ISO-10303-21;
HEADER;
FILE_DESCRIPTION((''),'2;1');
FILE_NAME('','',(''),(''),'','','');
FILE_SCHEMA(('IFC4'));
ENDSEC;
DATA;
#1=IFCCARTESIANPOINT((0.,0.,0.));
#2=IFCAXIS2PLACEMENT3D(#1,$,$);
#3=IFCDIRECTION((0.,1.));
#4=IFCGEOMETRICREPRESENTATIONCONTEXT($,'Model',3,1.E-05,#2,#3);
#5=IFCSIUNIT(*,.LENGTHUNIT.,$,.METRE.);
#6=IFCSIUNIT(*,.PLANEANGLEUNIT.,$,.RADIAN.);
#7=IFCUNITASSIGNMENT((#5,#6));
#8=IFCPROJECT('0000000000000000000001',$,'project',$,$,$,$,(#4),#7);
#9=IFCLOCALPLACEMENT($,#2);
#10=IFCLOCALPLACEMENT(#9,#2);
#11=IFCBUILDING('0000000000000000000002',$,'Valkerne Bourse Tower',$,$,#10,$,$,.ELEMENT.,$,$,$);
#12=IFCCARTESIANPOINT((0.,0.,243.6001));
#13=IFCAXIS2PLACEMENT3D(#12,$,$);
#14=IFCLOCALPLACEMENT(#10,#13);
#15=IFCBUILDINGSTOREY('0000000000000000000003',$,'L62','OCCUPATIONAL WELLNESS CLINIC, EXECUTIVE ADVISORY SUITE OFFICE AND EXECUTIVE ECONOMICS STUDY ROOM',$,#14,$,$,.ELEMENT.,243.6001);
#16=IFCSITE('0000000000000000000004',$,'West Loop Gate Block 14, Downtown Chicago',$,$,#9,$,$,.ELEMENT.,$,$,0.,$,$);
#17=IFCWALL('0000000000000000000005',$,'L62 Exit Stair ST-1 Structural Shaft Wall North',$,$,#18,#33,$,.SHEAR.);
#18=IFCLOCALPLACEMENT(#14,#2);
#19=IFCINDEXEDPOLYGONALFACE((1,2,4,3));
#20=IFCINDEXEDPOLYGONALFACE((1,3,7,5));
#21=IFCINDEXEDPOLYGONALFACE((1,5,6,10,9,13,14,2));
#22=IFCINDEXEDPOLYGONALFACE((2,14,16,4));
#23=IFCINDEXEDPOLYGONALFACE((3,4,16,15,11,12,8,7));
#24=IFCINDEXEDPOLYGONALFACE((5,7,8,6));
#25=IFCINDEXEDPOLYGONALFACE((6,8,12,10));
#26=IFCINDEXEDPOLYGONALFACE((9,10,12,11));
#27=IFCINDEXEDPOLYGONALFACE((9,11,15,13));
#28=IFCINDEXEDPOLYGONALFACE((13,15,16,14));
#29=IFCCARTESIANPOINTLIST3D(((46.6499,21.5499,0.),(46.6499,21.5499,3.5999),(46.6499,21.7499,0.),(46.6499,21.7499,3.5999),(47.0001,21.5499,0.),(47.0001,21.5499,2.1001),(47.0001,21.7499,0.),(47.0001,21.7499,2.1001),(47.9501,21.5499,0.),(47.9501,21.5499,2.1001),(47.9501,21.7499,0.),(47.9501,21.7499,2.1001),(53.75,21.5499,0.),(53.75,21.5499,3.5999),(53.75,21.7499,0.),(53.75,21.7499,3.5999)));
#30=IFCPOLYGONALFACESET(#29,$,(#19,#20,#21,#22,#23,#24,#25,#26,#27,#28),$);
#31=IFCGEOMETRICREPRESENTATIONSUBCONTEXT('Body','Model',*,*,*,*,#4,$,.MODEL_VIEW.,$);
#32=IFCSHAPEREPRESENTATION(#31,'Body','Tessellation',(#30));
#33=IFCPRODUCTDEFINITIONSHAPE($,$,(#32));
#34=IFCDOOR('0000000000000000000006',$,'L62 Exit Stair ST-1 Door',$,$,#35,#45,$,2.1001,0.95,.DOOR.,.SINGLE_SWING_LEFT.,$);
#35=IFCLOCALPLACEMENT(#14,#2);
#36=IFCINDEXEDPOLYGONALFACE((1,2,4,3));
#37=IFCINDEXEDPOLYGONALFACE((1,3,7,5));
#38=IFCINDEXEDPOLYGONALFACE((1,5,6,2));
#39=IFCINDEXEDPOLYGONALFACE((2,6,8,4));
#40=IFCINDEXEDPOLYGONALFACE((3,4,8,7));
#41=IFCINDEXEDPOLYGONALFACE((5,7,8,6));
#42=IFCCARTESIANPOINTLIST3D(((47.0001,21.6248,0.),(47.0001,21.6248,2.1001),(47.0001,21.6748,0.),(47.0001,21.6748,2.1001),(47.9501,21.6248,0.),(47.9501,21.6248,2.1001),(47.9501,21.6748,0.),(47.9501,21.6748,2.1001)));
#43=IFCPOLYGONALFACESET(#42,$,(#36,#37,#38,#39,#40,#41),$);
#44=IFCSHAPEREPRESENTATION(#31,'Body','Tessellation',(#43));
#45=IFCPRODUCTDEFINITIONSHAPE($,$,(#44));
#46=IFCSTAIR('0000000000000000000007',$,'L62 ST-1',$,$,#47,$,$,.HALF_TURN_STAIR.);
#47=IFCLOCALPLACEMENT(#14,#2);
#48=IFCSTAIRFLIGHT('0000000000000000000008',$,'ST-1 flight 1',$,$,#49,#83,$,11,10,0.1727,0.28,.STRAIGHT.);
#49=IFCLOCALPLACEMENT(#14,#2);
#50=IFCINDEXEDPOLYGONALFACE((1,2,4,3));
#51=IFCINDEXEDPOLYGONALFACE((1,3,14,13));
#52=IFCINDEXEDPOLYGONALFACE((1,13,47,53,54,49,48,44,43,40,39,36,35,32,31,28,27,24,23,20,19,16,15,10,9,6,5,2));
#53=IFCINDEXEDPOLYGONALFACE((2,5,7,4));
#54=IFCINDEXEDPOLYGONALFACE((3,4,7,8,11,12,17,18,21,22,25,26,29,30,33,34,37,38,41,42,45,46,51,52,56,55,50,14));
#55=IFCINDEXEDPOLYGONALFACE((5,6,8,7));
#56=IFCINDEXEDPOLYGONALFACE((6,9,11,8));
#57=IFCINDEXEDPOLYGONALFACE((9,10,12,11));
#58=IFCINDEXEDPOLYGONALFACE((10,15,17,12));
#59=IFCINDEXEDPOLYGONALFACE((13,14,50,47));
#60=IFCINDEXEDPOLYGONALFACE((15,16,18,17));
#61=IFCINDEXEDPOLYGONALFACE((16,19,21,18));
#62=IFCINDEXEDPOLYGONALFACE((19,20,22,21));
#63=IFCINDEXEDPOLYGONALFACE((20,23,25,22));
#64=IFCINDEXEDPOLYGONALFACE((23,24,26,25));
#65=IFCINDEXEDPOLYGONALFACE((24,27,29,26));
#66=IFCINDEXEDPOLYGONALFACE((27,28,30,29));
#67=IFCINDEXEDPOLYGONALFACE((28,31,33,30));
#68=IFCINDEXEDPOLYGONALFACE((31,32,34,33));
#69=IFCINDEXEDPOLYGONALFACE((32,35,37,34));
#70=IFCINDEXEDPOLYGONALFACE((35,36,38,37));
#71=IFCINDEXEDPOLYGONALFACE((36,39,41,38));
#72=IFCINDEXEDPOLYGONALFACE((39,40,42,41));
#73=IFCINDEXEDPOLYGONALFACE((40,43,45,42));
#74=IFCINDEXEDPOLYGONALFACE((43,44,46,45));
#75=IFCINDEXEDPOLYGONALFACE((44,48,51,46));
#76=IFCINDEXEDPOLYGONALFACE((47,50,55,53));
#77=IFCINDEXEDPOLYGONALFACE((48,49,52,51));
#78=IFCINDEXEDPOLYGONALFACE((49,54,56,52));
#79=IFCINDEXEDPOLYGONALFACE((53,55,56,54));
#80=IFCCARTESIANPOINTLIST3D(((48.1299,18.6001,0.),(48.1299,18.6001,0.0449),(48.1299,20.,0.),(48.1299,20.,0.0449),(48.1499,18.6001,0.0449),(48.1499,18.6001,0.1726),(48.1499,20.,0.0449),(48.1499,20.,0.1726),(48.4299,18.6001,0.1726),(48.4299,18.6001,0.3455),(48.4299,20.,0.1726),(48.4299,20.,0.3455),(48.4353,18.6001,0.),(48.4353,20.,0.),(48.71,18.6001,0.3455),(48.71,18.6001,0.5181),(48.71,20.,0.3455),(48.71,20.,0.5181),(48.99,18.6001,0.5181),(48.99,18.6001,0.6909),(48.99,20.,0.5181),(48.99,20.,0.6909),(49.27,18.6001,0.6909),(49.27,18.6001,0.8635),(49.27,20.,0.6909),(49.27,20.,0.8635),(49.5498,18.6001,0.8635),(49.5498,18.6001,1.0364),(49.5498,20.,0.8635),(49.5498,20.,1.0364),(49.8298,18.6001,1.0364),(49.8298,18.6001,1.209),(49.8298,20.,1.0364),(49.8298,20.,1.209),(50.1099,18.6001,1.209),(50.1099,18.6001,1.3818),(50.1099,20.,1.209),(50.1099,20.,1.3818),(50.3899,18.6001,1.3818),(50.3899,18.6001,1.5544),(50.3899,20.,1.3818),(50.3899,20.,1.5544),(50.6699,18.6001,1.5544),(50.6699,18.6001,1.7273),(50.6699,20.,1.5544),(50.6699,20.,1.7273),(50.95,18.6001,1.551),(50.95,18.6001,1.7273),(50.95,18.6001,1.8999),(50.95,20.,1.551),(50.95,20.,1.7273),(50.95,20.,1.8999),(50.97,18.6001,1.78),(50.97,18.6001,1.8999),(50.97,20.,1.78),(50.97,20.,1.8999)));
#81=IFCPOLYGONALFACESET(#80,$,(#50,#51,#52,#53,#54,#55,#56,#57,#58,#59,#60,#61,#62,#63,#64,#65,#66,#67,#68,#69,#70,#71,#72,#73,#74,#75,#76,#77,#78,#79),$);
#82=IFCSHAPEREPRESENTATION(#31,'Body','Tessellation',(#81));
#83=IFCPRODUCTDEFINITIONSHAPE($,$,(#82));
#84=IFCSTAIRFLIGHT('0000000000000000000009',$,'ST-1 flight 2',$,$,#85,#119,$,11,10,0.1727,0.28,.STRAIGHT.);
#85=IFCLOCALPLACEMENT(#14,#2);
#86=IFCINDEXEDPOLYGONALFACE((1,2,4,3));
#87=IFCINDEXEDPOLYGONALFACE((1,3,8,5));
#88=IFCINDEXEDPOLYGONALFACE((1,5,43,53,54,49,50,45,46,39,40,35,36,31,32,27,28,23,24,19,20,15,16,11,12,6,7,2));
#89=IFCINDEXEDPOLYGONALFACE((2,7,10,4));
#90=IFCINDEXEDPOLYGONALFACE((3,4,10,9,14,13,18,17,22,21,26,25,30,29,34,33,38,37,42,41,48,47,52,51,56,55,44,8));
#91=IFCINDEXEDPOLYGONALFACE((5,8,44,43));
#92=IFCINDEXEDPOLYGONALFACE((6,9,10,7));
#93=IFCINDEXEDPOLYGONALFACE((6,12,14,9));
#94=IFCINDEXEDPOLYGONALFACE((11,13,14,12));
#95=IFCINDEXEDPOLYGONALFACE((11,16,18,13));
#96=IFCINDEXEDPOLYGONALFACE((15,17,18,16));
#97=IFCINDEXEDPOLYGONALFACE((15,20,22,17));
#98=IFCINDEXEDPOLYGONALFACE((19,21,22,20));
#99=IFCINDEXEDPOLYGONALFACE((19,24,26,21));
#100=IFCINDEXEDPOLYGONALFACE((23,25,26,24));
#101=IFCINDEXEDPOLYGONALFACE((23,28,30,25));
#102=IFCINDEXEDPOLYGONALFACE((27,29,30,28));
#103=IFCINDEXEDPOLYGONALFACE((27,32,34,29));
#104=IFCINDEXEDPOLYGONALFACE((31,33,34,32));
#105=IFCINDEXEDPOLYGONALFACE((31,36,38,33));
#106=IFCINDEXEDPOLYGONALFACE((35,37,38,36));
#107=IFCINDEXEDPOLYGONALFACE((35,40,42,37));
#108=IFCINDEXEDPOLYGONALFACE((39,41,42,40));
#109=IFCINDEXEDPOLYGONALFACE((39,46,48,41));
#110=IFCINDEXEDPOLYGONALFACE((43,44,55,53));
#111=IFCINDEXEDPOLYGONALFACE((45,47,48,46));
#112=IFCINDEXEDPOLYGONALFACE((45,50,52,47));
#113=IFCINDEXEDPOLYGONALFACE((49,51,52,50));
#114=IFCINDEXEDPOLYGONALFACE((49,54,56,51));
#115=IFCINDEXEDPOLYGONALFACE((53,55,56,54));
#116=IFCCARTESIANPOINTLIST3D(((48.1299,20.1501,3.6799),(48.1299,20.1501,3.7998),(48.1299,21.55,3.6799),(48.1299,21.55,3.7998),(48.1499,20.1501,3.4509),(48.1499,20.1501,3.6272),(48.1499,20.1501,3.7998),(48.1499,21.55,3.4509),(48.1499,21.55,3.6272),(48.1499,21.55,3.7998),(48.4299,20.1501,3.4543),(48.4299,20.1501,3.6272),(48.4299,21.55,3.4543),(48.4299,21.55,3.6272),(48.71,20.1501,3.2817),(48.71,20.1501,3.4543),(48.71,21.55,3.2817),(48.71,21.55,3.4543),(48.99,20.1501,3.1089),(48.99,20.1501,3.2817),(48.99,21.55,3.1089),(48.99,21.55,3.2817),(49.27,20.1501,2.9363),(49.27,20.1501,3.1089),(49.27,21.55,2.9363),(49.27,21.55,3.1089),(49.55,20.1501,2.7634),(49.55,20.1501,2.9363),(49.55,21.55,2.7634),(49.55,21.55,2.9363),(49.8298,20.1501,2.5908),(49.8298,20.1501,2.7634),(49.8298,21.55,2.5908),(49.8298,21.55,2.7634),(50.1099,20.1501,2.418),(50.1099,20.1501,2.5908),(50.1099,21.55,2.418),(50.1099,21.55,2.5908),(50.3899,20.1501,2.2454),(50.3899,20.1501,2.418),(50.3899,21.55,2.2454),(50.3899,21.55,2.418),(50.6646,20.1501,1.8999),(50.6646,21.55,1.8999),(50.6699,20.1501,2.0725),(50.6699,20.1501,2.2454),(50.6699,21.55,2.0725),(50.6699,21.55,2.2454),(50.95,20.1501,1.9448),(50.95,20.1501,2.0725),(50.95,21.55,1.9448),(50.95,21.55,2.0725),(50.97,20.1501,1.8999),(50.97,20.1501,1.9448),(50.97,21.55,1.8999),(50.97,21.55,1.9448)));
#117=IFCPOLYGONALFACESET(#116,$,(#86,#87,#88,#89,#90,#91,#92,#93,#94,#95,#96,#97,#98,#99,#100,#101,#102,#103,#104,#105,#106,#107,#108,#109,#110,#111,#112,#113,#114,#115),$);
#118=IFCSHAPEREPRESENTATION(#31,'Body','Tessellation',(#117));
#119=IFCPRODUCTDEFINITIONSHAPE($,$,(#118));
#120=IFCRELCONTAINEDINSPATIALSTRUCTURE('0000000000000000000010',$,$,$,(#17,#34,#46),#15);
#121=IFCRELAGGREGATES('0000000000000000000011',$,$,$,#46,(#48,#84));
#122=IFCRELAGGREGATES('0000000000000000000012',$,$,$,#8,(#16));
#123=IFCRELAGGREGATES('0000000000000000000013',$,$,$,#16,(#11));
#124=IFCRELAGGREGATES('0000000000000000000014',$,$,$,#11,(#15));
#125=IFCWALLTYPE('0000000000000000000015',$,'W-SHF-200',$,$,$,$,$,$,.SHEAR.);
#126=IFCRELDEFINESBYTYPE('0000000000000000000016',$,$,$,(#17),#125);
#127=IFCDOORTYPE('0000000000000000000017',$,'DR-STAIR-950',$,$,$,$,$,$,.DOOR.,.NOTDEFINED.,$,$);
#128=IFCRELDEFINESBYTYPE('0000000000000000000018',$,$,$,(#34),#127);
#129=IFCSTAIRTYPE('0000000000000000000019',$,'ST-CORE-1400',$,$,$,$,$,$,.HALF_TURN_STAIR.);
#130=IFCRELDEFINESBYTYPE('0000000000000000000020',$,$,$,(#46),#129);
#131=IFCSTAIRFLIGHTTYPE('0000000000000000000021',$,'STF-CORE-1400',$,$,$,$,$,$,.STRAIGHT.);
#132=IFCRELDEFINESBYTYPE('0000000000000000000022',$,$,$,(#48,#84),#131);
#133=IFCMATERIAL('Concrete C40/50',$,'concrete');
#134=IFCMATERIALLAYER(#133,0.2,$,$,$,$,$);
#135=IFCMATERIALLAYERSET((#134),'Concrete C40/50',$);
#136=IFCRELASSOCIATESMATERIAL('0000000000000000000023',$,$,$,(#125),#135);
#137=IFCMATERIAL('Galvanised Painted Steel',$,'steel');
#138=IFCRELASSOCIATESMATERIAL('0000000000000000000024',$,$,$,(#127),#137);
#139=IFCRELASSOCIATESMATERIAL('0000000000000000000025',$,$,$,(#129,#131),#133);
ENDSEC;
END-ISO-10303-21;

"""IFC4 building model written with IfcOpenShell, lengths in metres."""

from ifc_helpers import new_model, si_unit, direction, frame, frame_2d, origin, place, context, subcontext, project, spatial, polyline, rectangle, outline, extrude, material, layer, layer_set, type_object, element, fill, aggregate, save


model = new_model("IFC4")

# Units and contexts
model_context = context("Model", 3, precision=1e-05, world=origin(), true_north=direction((0.0, 1.0)))
body_context = subcontext(model_context, "Body", "Model", "MODEL_VIEW")
ifc_project = project(units=[si_unit("LENGTHUNIT", "METRE"), si_unit("PLANEANGLEUNIT", "RADIAN")], contexts=[model_context])

# Site, building, storey
site_placement = place(None, origin())
site = spatial("IfcSite", under=ifc_project, at=site_placement, Name="West Loop Gate Block 14, Downtown Chicago", CompositionType="ELEMENT", RefElevation=0.0)
building_placement = place(site_placement, origin())
building = spatial("IfcBuilding", under=site, at=building_placement, Name="Valkerne Bourse Tower", CompositionType="ELEMENT")
storey_placement = place(building_placement, frame((0.0, 0.0, 243.6001)))
storey = spatial("IfcBuildingStorey", under=building, at=storey_placement, Name="L62", Description="OCCUPATIONAL WELLNESS CLINIC, EXECUTIVE ADVISORY SUITE OFFICE AND EXECUTIVE ECONOMICS STUDY ROOM", CompositionType="ELEMENT", Elevation=243.6001)

# Shared definitions
ifc_material_1 = material(Name="Galvanised Painted Steel", Category="steel")

# Wall, opening, door
ifc_material_2 = material(Name="Concrete C40/50", Category="concrete")
ifc_layer_1 = layer(ifc_material_2, 0.2)
ifc_layer_set_1 = layer_set([ifc_layer_1], Name="Concrete C40/50")
wall_type_1 = type_object("IfcWallType", Name="W-SHF-200", PredefinedType="SHEAR", material=ifc_layer_set_1)
wall_1_placement = place(storey_placement, frame((46.6499, 21.6499, 0.0), z_axis=(0.0, 0.0, 1.0), x_axis=(1.0, 0.0, 0.0)))
wall_1 = element("IfcWall", 1, at=wall_1_placement, inside=storey, type_object=wall_type_1, Name="L62 Exit Stair ST-1 Structural Shaft Wall North", PredefinedType="SHEAR", context=body_context, shape_type="SweptSolid", body=[
    extrude(rectangle(XDim=7.1001, YDim=0.2, at=frame_2d((3.55, 0.0))), origin(), (0.0, 0.0, 1.0), 3.5999),
])
opening_1_placement = place(wall_1_placement, frame((0.3501, 0.0, 0.0)))
opening_1 = element("IfcOpeningElement", 2, at=opening_1_placement, cuts=wall_1, PredefinedType="OPENING", context=body_context, shape_type="SweptSolid", body=[
    extrude(rectangle(XDim=0.95, YDim=2.1001, at=frame_2d((0.4751, 1.05))), frame((0.0, 0.1099, 0.0), z_axis=(0.0, -1.0, 0.0), x_axis=(1.0, 0.0, 0.0)), (0.0, 0.0, 1.0), 0.22),
])
door_type_1 = type_object("IfcDoorType", Name="DR-STAIR-950", OperationType="NOTDEFINED", PredefinedType="DOOR", material=ifc_material_1)
door_1_placement = place(opening_1_placement, origin())
door_1 = element("IfcDoor", 3, at=door_1_placement, inside=storey, type_object=door_type_1, Name="L62 Exit Stair ST-1 Door", OperationType="SINGLE_SWING_LEFT", OverallHeight=2.1001, OverallWidth=0.95, PredefinedType="DOOR", context=body_context, shape_type="SweptSolid", body=[
    extrude(rectangle(XDim=0.95, YDim=2.1001, at=frame_2d((0.4751, 1.05))), frame((0.0, 0.0249, 0.0), z_axis=(0.0, -1.0, 0.0), x_axis=(1.0, 0.0, 0.0)), (0.0, 0.0, 1.0), 0.05),
])
fill(opening_1, door_1)

# Stair, stair flights
stair_type = type_object("IfcStairType", Name="ST-CORE-1400", PredefinedType="HALF_TURN_STAIR", material=ifc_material_2)
stair_placement = place(storey_placement, origin())
stair = element("IfcStair", 4, at=stair_placement, inside=storey, type_object=stair_type, Name="L62 ST-1", PredefinedType="HALF_TURN_STAIR")
stair_flight_type = type_object("IfcStairFlightType", Name="STF-CORE-1400", PredefinedType="STRAIGHT", material=ifc_material_2)
stair_flight_1_placement = place(storey_placement, frame((48.1499, 19.3, 0.0), z_axis=(0.0, 0.0, 1.0), x_axis=(1.0, 0.0, 0.0)))
stair_flight_1 = element("IfcStairFlight", 5, at=stair_flight_1_placement, type_object=stair_flight_type, Name="ST-1 flight 1", NumberOfRisers=11, NumberOfTreads=10, PredefinedType="STRAIGHT", RiserHeight=0.1727, TreadLength=0.28, context=body_context, shape_type="SweptSolid", body=[
    extrude(outline(polyline([(-0.02, 0.0), (-0.02, 0.0449), (0.0, 0.0449), (0.0, 0.1726), (0.28, 0.1726), (0.28, 0.3455), (0.5601, 0.3455), (0.5601, 0.5181), (0.8401, 0.5181), (0.8401, 0.6909), (1.1201, 0.6909), (1.1201, 0.8635), (1.3999, 0.8635), (1.3999, 1.0364), (1.6799, 1.0364), (1.6799, 1.209), (1.96, 1.209), (1.96, 1.3818), (2.24, 1.3818), (2.24, 1.5544), (2.52, 1.5544), (2.52, 1.7273), (2.8, 1.7273), (2.8, 1.8999), (2.8201, 1.8999), (2.8201, 1.78), (2.8, 1.551), (0.2854, 0.0), (-0.02, 0.0)])), frame((0.0, 0.7, 0.0), z_axis=(0.0, -1.0, 0.0), x_axis=(1.0, 0.0, 0.0)), (0.0, 0.0, 1.0), 1.3999),
])
stair_flight_2_placement = place(storey_placement, frame((50.95, 20.8501, 1.8999), z_axis=(0.0, 0.0, 1.0), x_axis=(-1.0, 0.0, 0.0)))
stair_flight_2 = element("IfcStairFlight", 6, at=stair_flight_2_placement, type_object=stair_flight_type, Name="ST-1 flight 2", NumberOfRisers=11, NumberOfTreads=10, PredefinedType="STRAIGHT", RiserHeight=0.1727, TreadLength=0.28, context=body_context, shape_type="SweptSolid", body=[
    extrude(outline(polyline([(-0.02, 0.0), (-0.02, 0.0449), (0.0, 0.0449), (0.0, 0.1726), (0.28, 0.1726), (0.28, 0.3455), (0.5601, 0.3455), (0.5601, 0.5181), (0.8401, 0.5181), (0.8401, 0.6909), (1.1201, 0.6909), (1.1201, 0.8635), (1.3999, 0.8635), (1.3999, 1.0364), (1.6799, 1.0364), (1.6799, 1.209), (1.96, 1.209), (1.96, 1.3818), (2.24, 1.3818), (2.24, 1.5544), (2.52, 1.5544), (2.52, 1.7273), (2.8, 1.7273), (2.8, 1.8999), (2.8201, 1.8999), (2.8201, 1.78), (2.8, 1.551), (0.2854, 0.0), (-0.02, 0.0)])), frame((0.0, 0.7, 0.0), z_axis=(0.0, -1.0, 0.0), x_axis=(1.0, 0.0, 0.0)), (0.0, 0.0, 1.0), 1.3999),
])
aggregate(stair, [stair_flight_1, stair_flight_2])

save(model, "model.ifc")
